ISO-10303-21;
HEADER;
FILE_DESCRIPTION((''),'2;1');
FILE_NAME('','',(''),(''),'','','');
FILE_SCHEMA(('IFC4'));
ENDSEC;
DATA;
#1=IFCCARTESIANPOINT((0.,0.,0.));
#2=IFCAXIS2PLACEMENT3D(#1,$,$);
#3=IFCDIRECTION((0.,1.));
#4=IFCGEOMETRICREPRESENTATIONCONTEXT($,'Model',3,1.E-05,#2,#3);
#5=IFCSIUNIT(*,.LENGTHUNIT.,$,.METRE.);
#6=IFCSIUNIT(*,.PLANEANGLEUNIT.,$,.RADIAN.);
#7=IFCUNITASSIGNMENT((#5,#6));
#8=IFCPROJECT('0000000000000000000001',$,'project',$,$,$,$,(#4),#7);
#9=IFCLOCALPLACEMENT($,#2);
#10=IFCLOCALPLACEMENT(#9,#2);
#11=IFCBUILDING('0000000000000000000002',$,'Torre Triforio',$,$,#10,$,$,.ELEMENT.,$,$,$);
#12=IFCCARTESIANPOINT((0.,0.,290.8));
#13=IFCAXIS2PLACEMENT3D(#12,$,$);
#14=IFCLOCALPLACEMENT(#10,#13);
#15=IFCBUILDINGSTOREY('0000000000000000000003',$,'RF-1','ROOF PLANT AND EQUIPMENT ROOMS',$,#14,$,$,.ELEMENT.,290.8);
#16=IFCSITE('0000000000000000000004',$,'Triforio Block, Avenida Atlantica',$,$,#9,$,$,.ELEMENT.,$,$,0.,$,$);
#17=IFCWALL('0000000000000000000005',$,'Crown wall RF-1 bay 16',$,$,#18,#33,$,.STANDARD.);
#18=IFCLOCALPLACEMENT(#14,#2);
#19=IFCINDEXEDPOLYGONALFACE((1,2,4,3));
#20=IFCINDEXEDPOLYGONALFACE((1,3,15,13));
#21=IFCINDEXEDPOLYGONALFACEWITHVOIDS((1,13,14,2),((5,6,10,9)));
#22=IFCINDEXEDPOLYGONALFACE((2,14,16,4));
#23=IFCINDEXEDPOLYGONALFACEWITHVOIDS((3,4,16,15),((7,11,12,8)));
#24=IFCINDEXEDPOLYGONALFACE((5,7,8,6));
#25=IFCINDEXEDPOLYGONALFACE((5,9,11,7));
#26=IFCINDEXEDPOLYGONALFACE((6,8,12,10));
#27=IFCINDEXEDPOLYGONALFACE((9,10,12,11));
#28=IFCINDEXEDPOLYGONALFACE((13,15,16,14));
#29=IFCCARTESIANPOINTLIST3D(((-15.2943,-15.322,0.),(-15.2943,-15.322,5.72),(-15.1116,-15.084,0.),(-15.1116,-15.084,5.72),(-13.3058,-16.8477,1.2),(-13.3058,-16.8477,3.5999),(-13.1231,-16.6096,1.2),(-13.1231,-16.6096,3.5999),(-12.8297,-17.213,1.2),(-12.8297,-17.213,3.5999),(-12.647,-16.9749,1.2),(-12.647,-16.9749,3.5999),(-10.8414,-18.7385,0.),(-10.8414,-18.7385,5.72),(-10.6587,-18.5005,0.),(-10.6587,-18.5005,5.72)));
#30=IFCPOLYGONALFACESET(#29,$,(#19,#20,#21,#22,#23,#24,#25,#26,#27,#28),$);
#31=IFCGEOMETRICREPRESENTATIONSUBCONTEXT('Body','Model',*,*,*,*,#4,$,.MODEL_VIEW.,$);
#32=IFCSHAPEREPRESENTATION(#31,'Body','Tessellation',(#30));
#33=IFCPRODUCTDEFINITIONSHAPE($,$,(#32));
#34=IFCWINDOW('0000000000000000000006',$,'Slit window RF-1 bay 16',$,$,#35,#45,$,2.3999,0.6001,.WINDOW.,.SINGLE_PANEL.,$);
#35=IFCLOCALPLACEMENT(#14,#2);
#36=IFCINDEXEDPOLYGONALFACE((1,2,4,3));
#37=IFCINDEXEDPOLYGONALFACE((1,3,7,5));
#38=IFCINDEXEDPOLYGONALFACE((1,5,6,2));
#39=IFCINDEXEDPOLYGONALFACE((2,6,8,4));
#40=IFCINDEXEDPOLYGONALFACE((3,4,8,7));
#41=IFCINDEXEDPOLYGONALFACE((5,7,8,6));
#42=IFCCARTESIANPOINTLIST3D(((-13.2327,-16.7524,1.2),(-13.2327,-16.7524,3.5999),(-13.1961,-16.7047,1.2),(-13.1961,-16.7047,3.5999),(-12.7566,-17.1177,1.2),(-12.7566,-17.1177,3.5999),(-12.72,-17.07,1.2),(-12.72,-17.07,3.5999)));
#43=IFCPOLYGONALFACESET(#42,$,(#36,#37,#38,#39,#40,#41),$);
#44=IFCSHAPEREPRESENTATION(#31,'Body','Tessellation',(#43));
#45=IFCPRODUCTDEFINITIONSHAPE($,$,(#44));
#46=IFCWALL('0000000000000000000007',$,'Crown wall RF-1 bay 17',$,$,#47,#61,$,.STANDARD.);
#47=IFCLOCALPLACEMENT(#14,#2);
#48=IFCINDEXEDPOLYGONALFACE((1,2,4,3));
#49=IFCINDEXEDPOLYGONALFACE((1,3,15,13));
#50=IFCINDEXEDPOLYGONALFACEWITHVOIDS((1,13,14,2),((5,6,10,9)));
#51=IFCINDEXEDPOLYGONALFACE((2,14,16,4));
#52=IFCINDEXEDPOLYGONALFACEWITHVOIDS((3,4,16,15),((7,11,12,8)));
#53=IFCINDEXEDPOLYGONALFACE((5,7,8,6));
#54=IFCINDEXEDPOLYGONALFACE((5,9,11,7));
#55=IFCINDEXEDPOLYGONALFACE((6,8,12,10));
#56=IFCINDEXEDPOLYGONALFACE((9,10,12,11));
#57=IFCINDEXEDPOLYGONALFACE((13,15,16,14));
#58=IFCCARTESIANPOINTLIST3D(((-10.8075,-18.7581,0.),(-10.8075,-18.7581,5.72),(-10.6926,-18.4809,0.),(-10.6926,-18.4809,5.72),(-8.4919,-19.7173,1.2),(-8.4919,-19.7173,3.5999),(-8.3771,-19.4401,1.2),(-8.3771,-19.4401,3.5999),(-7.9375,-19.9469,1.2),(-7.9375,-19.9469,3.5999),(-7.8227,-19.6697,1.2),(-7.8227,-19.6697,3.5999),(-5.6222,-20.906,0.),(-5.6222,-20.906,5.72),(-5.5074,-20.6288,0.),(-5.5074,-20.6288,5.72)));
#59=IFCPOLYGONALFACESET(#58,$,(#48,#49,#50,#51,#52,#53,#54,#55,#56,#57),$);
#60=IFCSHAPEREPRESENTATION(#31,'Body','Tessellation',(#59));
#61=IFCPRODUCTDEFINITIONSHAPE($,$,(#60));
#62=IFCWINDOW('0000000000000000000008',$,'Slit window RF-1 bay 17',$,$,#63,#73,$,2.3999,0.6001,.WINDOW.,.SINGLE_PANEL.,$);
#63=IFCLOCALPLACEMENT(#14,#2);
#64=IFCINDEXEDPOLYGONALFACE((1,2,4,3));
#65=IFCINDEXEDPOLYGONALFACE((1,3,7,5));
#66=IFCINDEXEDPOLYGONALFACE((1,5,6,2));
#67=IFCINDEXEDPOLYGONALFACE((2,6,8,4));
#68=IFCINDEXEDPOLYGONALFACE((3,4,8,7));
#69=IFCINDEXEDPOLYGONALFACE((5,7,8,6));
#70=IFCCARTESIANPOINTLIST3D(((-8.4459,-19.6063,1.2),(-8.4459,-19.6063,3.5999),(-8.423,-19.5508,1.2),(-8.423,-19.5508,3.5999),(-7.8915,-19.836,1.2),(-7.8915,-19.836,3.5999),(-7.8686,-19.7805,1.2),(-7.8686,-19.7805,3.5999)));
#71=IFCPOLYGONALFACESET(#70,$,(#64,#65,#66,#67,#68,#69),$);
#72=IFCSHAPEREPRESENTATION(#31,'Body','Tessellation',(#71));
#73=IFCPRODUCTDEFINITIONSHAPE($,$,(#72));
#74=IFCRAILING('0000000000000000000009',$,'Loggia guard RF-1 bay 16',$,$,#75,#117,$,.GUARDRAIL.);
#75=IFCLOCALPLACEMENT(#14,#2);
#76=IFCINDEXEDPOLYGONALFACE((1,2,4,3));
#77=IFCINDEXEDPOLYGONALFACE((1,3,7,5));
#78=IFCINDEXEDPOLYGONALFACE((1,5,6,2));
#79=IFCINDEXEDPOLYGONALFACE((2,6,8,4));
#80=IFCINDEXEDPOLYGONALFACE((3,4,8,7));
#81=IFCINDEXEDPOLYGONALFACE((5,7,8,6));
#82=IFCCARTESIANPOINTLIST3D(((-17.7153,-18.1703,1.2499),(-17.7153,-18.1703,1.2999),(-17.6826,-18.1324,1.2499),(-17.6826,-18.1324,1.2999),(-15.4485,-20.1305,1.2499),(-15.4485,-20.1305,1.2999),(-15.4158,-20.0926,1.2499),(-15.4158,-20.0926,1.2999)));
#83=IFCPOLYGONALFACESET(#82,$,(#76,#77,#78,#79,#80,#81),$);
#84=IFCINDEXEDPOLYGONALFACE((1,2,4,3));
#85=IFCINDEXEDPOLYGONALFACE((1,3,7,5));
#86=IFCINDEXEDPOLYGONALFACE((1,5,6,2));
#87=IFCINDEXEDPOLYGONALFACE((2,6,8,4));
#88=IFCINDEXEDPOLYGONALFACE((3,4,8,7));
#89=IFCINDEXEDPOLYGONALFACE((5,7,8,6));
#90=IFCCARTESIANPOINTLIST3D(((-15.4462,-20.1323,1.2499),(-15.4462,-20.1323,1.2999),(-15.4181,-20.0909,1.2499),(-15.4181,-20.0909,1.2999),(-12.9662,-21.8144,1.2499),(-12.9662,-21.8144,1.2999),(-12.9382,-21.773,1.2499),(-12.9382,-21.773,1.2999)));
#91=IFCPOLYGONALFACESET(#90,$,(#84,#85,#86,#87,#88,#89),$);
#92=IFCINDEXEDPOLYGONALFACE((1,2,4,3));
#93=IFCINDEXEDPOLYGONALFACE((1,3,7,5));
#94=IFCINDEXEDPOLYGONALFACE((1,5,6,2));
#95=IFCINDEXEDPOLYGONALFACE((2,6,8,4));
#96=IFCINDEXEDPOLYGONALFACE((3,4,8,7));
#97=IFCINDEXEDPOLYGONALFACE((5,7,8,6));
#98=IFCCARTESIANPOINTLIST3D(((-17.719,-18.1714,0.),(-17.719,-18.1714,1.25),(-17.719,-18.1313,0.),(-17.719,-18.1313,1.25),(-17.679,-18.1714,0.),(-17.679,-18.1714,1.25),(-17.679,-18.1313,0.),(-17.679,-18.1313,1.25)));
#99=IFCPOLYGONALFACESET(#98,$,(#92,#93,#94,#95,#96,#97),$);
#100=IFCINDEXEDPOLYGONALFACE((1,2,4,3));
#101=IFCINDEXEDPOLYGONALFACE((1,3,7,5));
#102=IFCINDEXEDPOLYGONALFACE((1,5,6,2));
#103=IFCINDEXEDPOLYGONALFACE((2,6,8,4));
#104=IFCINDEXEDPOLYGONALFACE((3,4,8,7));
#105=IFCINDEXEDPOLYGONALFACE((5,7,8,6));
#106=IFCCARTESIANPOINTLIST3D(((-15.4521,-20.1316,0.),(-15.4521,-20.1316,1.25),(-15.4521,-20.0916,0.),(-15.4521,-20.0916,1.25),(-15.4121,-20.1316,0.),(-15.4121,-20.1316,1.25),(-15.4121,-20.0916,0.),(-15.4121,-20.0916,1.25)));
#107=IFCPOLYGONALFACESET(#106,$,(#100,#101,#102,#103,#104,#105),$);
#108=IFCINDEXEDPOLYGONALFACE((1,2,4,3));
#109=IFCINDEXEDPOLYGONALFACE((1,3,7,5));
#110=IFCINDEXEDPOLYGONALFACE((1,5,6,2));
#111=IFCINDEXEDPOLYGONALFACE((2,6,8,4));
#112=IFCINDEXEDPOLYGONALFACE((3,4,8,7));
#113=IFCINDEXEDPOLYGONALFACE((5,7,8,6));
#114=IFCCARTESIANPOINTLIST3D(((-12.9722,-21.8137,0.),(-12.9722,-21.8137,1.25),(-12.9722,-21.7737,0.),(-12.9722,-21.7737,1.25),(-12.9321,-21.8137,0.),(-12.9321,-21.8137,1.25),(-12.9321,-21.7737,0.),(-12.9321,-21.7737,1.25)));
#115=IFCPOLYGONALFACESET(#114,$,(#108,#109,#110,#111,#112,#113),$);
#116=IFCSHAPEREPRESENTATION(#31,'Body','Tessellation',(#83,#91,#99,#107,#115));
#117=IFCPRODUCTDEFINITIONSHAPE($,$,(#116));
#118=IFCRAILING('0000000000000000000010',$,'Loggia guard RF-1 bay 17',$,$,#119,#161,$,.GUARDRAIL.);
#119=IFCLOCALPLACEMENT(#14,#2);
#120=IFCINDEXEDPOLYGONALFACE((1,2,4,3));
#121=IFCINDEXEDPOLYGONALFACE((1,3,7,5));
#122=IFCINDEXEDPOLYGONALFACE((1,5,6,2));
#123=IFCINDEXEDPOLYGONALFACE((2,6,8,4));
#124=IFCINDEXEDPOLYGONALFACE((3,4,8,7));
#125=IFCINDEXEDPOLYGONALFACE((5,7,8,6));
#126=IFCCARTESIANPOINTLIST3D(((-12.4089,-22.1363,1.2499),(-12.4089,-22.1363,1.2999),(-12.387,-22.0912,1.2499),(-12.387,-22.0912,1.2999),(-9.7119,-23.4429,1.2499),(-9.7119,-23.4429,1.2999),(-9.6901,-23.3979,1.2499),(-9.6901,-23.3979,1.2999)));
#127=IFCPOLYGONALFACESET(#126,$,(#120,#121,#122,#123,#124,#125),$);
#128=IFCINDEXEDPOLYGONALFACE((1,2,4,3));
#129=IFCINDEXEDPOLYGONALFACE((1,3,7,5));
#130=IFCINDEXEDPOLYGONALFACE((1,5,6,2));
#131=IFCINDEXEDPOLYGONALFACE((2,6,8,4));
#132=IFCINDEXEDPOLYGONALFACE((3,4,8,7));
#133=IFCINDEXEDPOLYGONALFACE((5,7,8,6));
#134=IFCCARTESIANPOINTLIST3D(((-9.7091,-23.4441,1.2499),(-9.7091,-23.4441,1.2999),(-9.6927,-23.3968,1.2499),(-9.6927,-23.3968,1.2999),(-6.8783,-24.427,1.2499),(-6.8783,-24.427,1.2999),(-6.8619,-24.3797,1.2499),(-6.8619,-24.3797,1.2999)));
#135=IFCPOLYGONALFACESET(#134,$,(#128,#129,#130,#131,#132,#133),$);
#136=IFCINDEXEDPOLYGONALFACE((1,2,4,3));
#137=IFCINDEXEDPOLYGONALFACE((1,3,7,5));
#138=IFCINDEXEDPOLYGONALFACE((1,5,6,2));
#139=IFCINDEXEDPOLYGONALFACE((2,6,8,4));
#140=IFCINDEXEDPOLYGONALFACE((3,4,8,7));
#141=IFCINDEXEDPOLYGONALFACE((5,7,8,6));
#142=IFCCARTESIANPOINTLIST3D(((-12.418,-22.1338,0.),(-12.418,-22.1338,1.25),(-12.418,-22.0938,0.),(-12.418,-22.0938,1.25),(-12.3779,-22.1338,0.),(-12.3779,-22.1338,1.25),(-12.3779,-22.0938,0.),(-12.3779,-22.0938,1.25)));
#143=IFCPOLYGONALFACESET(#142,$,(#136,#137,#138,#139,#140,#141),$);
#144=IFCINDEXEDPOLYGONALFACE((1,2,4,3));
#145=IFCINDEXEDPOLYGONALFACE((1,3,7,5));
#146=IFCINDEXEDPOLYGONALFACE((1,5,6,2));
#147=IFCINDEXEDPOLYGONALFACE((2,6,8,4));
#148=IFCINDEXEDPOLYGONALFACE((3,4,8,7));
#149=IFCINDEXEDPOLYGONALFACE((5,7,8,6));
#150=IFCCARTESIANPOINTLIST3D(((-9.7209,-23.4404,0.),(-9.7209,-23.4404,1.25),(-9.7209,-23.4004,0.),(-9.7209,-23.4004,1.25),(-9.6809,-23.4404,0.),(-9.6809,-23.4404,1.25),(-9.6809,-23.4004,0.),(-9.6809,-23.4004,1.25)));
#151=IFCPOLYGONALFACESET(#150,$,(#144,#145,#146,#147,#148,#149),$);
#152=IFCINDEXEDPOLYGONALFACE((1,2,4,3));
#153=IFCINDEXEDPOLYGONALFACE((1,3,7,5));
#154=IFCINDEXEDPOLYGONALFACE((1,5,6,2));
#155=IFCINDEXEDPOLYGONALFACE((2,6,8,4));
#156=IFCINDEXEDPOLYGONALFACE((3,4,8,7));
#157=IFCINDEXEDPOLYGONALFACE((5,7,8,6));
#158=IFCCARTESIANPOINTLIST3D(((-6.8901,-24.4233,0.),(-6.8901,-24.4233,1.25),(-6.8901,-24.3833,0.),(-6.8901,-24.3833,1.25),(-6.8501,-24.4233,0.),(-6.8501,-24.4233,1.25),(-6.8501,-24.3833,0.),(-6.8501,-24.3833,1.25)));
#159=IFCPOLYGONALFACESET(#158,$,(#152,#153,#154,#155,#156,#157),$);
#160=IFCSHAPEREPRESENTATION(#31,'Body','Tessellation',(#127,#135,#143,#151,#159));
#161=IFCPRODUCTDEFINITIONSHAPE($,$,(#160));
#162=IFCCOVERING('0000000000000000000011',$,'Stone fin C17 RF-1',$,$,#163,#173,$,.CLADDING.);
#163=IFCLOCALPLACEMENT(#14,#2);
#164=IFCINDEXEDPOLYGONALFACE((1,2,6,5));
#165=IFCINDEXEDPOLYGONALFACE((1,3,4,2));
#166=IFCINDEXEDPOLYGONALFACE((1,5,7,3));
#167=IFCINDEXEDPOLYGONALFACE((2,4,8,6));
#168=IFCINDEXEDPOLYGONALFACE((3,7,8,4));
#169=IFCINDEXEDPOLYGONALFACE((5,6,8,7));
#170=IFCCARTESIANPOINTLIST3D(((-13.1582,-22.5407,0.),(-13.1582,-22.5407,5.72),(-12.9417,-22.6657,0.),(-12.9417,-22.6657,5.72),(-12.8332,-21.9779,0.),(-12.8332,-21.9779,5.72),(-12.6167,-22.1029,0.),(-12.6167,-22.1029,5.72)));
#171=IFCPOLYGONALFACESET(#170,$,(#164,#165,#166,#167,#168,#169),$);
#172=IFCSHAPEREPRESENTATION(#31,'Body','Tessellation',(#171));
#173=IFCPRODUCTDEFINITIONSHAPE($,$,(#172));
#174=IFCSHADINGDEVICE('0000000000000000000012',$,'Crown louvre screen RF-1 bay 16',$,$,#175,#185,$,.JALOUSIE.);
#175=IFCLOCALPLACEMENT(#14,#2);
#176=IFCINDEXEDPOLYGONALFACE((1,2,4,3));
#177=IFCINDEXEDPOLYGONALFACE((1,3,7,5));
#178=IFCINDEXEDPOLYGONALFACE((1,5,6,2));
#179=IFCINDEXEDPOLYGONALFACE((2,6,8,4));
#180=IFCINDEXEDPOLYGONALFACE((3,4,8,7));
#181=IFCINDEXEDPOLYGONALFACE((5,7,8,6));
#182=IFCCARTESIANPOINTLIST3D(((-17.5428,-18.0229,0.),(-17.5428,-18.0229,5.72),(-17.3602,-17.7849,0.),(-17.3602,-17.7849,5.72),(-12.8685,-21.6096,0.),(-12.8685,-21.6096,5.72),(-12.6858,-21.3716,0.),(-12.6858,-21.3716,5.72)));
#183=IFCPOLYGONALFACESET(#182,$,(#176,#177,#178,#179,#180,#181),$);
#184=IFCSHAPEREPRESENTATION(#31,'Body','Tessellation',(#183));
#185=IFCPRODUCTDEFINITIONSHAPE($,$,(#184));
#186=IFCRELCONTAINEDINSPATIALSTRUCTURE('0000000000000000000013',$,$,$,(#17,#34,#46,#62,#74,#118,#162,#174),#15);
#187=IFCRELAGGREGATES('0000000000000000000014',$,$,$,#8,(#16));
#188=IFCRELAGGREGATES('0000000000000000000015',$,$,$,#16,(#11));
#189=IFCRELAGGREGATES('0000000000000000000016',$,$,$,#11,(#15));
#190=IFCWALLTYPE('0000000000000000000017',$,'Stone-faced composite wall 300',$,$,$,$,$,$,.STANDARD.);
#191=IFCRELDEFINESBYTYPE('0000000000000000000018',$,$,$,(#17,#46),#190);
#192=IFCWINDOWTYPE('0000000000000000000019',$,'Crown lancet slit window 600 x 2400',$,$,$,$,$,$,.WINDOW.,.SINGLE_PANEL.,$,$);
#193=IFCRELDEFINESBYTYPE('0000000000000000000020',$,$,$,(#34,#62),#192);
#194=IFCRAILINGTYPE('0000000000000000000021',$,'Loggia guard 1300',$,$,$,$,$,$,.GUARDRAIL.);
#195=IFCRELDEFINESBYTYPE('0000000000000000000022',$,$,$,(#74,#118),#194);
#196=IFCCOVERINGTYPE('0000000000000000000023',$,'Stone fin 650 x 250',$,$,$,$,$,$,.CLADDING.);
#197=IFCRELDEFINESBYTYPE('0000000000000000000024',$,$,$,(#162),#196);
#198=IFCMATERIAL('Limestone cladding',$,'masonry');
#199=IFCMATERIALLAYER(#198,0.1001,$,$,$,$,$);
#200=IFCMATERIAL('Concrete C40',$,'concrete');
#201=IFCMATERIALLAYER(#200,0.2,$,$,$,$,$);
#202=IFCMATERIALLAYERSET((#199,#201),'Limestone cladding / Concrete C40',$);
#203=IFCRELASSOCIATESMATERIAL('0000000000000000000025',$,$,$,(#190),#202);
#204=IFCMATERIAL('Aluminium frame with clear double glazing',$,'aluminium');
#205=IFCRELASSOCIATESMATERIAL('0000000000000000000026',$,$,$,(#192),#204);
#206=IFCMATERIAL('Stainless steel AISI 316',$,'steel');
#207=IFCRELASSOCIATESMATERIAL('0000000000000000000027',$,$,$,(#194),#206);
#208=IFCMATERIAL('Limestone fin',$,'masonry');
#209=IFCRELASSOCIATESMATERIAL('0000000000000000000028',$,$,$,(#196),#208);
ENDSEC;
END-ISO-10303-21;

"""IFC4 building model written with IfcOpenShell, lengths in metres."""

from ifc_helpers import new_model, si_unit, direction, frame, frame_2d, origin, origin_2d, place, context, subcontext, project, spatial, polyline, rectangle, outline, extrude, material, layer, layer_set, material_profile, profile_set, type_object, element, fill, save


model = new_model("IFC4")

# Units and contexts
model_context = context("Model", 3, precision=1e-05, world=origin(), true_north=direction((0.0, 1.0)))
body_context = subcontext(model_context, "Body", "Model", "MODEL_VIEW")
ifc_project = project(units=[si_unit("LENGTHUNIT", "METRE"), si_unit("PLANEANGLEUNIT", "RADIAN")], contexts=[model_context])

# Site, building, storey
site_placement = place(None, origin())
site = spatial("IfcSite", under=ifc_project, at=site_placement, Name="Triforio Block, Avenida Atlantica", CompositionType="ELEMENT", RefElevation=0.0)
building_placement = place(site_placement, origin())
building = spatial("IfcBuilding", under=site, at=building_placement, Name="Torre Triforio", CompositionType="ELEMENT")
storey_placement = place(building_placement, frame((0.0, 0.0, 290.8)))
storey = spatial("IfcBuildingStorey", under=building, at=storey_placement, Name="RF-1", Description="ROOF PLANT AND EQUIPMENT ROOMS", CompositionType="ELEMENT", Elevation=290.8)

# Shared definitions
ifc_material_1 = material(Name="Concrete C40", Category="concrete")

# Walls, openings, windows
ifc_material_2 = material(Name="Limestone cladding", Category="masonry")
ifc_layer_1 = layer(ifc_material_2, 0.1001)
ifc_layer_2 = layer(ifc_material_1, 0.2)
ifc_layer_set_1 = layer_set([ifc_layer_1, ifc_layer_2], Name="Limestone cladding / Concrete C40")
wall_type_1 = type_object("IfcWallType", Name="Stone-faced composite wall 300", PredefinedType="STANDARD", material=ifc_layer_set_1)
wall_1_placement = place(storey_placement, frame((-15.2029, -15.2029, 0.0), z_axis=(0.0, 0.0, 1.0), x_axis=(0.79338, -0.608726, 0.0)))
wall_1 = element("IfcWall", 1, at=wall_1_placement, inside=storey, type_object=wall_type_1, Name="Crown wall RF-1 bay 16", PredefinedType="STANDARD", context=body_context, shape_type="SweptSolid", body=[
    extrude(outline(polyline([(0.0, 0.0), (5.6125, 0.0), (5.6125, 5.72), (0.0, 5.72), (0.0, 0.0)])), frame((0.0, 0.1499, 0.0), z_axis=(0.0, -1.0, 0.0), x_axis=(1.0, 0.0, 0.0)), (0.0, 0.0, 1.0), 0.3),
])
opening_1_placement = place(wall_1_placement, frame((2.5063, 0.0, 1.2)))
opening_1 = element("IfcOpeningElement", 2, at=opening_1_placement, cuts=wall_1, PredefinedType="OPENING", context=body_context, shape_type="SweptSolid", body=[
    extrude(rectangle(XDim=0.6001, YDim=2.3999, at=frame_2d((0.3, 1.2))), frame((0.0, 0.1599, 0.0), z_axis=(0.0, -1.0, 0.0), x_axis=(1.0, 0.0, 0.0)), (0.0, 0.0, 1.0), 0.3201),
])
ifc_material_3 = material(Name="Aluminium frame with clear double glazing", Category="aluminium")
window_type = type_object("IfcWindowType", Name="Crown lancet slit window 600 x 2400", PartitioningType="SINGLE_PANEL", PredefinedType="WINDOW", material=ifc_material_3)
window_1_placement = place(opening_1_placement, origin())
window_1 = element("IfcWindow", 3, at=window_1_placement, inside=storey, type_object=window_type, Name="Slit window RF-1 bay 16", OverallHeight=2.3999, OverallWidth=0.6001, PartitioningType="SINGLE_PANEL", PredefinedType="WINDOW", context=body_context, shape_type="SweptSolid", body=[
    extrude(rectangle(XDim=0.6001, YDim=2.3999, at=frame_2d((0.3, 1.2))), frame((0.0, 0.03, 0.0), z_axis=(0.0, -1.0, 0.0), x_axis=(1.0, 0.0, 0.0)), (0.0, 0.0, 1.0), 0.0601),
])
fill(opening_1, window_1)
wall_2_placement = place(storey_placement, frame((-10.75, -18.6194, 0.0), z_axis=(0.0, 0.0, 1.0), x_axis=(0.923872, -0.382703, 0.0)))
wall_2 = element("IfcWall", 4, at=wall_2_placement, inside=storey, type_object=wall_type_1, Name="Crown wall RF-1 bay 17", PredefinedType="STANDARD", context=body_context, shape_type="SweptSolid", body=[
    extrude(outline(polyline([(0.0, 0.0), (5.6125, 0.0), (5.6125, 5.72), (0.0, 5.72), (0.0, 0.0)])), frame((0.0, 0.1499, 0.0), z_axis=(0.0, -1.0, 0.0), x_axis=(1.0, 0.0, 0.0)), (0.0, 0.0, 1.0), 0.3),
])
opening_2_placement = place(wall_2_placement, frame((2.5063, 0.0, 1.2)))
opening_2 = element("IfcOpeningElement", 5, at=opening_2_placement, cuts=wall_2, PredefinedType="OPENING", context=body_context, shape_type="SweptSolid", body=[
    extrude(rectangle(XDim=0.6001, YDim=2.3999, at=frame_2d((0.3, 1.2))), frame((0.0, 0.1599, 0.0), z_axis=(0.0, -1.0, 0.0), x_axis=(1.0, 0.0, 0.0)), (0.0, 0.0, 1.0), 0.3201),
])
window_2_placement = place(opening_2_placement, origin())
window_2 = element("IfcWindow", 6, at=window_2_placement, inside=storey, type_object=window_type, Name="Slit window RF-1 bay 17", OverallHeight=2.3999, OverallWidth=0.6001, PartitioningType="SINGLE_PANEL", PredefinedType="WINDOW", context=body_context, shape_type="SweptSolid", body=[
    extrude(rectangle(XDim=0.6001, YDim=2.3999, at=frame_2d((0.3, 1.2))), frame((0.0, 0.03, 0.0), z_axis=(0.0, -1.0, 0.0), x_axis=(1.0, 0.0, 0.0)), (0.0, 0.0, 1.0), 0.0601),
])
fill(opening_2, window_2)

# Railings
ifc_material_4 = material(Name="Stainless steel AISI 316", Category="steel")
railing_type = type_object("IfcRailingType", Name="Loggia guard 1300", PredefinedType="GUARDRAIL", material=ifc_material_4)
railing_1_placement = place(storey_placement, frame((-17.699, -18.1514, 0.0)))
element("IfcRailing", 7, at=railing_1_placement, inside=storey, type_object=railing_type, Name="Loggia guard RF-1 bay 16", PredefinedType="GUARDRAIL", context=body_context, shape_type="SweptSolid", body=[
    extrude(rectangle(XDim=0.05, YDim=0.05, at=origin_2d()), frame((0.0, 0.0, 1.2749), z_axis=(0.756414, -0.654093, 0.0), x_axis=(0.654093, 0.756414, 0.0)), (0.0, 0.0, 1.0), 2.9968),
    extrude(rectangle(XDim=0.05, YDim=0.05, at=origin_2d()), frame((2.2668, -1.9602, 1.2749), z_axis=(0.827587, -0.561338, 0.0), x_axis=(0.561338, 0.827587, 0.0)), (0.0, 0.0, 1.0), 2.9966),
    extrude(rectangle(XDim=0.04, YDim=0.04, at=origin_2d()), origin(), (0.0, 0.0, 1.0), 1.25),
    extrude(rectangle(XDim=0.04, YDim=0.04, at=origin_2d()), frame((2.2668, -1.9602, 0.0)), (0.0, 0.0, 1.0), 1.25),
    extrude(rectangle(XDim=0.04, YDim=0.04, at=origin_2d()), frame((4.7468, -3.6423, 0.0)), (0.0, 0.0, 1.0), 1.25),
])
railing_2_placement = place(storey_placement, frame((-12.3979, -22.1138, 0.0)))
element("IfcRailing", 8, at=railing_2_placement, inside=storey, type_object=railing_type, Name="Loggia guard RF-1 bay 17", PredefinedType="GUARDRAIL", context=body_context, shape_type="SweptSolid", body=[
    extrude(rectangle(XDim=0.05, YDim=0.05, at=origin_2d()), frame((0.0, 0.0, 1.2749), z_axis=(0.899946, -0.436002, 0.0), x_axis=(0.436002, 0.899946, 0.0)), (0.0, 0.0, 1.0), 2.9968),
    extrude(rectangle(XDim=0.05, YDim=0.05, at=origin_2d()), frame((2.697, -1.3066, 1.2749), z_axis=(0.944675, -0.328009, 0.0), x_axis=(0.328009, 0.944675, 0.0)), (0.0, 0.0, 1.0), 2.9966),
    extrude(rectangle(XDim=0.04, YDim=0.04, at=origin_2d()), origin(), (0.0, 0.0, 1.0), 1.25),
    extrude(rectangle(XDim=0.04, YDim=0.04, at=origin_2d()), frame((2.697, -1.3066, 0.0)), (0.0, 0.0, 1.0), 1.25),
    extrude(rectangle(XDim=0.04, YDim=0.04, at=origin_2d()), frame((5.5278, -2.2896, 0.0)), (0.0, 0.0, 1.0), 1.25),
])

# Covering
ifc_material_5 = material(Name="Limestone fin", Category="masonry")
ifc_material_profile_1 = material_profile(ifc_material_5, rectangle(XDim=0.6499, YDim=0.25, at=origin_2d()), Name="FIN 650x250")
ifc_profile_set_1 = profile_set([ifc_material_profile_1], Name="Limestone fin")
covering_type = type_object("IfcCoveringType", Name="Stone fin 650 x 250", PredefinedType="CLADDING", material=ifc_profile_set_1)
covering_placement = place(storey_placement, frame((-12.8875, -22.3218, 0.0), z_axis=(0.0, 0.0, 1.0), x_axis=(-0.5, -0.866025, 0.0)))
element("IfcCovering", 9, at=covering_placement, inside=storey, type_object=covering_type, Name="Stone fin C17 RF-1", PredefinedType="CLADDING", context=body_context, shape_type="SweptSolid", body=[
    extrude(rectangle(XDim=0.6499, YDim=0.25, at=origin_2d()), origin(), (0.0, 0.0, 1.0), 5.72),
])

# Shading device
for number, where, z_axis, x_axis, name in (
    (10, (-17.4514, -17.9038, 0.0), (0.0, 0.0, 1.0), (0.793358, -0.608755, 0.0), "Crown louvre screen RF-1 bay 16"),
):
    element("IfcShadingDevice", number, at=place(storey_placement, frame(where, z_axis=z_axis, x_axis=x_axis)), inside=storey, Name=name, PredefinedType="JALOUSIE", context=body_context, shape_type="SweptSolid", body=[
        extrude(outline(polyline([(0.0, 0.0), (5.8918, 0.0), (5.8918, 5.72), (0.0, 5.72), (0.0, 0.0)])), frame((0.0, 0.1499, 0.0), z_axis=(0.0, -1.0, 0.0), x_axis=(1.0, 0.0, 0.0)), (0.0, 0.0, 1.0), 0.3),
    ])

save(model, "model.ifc")
